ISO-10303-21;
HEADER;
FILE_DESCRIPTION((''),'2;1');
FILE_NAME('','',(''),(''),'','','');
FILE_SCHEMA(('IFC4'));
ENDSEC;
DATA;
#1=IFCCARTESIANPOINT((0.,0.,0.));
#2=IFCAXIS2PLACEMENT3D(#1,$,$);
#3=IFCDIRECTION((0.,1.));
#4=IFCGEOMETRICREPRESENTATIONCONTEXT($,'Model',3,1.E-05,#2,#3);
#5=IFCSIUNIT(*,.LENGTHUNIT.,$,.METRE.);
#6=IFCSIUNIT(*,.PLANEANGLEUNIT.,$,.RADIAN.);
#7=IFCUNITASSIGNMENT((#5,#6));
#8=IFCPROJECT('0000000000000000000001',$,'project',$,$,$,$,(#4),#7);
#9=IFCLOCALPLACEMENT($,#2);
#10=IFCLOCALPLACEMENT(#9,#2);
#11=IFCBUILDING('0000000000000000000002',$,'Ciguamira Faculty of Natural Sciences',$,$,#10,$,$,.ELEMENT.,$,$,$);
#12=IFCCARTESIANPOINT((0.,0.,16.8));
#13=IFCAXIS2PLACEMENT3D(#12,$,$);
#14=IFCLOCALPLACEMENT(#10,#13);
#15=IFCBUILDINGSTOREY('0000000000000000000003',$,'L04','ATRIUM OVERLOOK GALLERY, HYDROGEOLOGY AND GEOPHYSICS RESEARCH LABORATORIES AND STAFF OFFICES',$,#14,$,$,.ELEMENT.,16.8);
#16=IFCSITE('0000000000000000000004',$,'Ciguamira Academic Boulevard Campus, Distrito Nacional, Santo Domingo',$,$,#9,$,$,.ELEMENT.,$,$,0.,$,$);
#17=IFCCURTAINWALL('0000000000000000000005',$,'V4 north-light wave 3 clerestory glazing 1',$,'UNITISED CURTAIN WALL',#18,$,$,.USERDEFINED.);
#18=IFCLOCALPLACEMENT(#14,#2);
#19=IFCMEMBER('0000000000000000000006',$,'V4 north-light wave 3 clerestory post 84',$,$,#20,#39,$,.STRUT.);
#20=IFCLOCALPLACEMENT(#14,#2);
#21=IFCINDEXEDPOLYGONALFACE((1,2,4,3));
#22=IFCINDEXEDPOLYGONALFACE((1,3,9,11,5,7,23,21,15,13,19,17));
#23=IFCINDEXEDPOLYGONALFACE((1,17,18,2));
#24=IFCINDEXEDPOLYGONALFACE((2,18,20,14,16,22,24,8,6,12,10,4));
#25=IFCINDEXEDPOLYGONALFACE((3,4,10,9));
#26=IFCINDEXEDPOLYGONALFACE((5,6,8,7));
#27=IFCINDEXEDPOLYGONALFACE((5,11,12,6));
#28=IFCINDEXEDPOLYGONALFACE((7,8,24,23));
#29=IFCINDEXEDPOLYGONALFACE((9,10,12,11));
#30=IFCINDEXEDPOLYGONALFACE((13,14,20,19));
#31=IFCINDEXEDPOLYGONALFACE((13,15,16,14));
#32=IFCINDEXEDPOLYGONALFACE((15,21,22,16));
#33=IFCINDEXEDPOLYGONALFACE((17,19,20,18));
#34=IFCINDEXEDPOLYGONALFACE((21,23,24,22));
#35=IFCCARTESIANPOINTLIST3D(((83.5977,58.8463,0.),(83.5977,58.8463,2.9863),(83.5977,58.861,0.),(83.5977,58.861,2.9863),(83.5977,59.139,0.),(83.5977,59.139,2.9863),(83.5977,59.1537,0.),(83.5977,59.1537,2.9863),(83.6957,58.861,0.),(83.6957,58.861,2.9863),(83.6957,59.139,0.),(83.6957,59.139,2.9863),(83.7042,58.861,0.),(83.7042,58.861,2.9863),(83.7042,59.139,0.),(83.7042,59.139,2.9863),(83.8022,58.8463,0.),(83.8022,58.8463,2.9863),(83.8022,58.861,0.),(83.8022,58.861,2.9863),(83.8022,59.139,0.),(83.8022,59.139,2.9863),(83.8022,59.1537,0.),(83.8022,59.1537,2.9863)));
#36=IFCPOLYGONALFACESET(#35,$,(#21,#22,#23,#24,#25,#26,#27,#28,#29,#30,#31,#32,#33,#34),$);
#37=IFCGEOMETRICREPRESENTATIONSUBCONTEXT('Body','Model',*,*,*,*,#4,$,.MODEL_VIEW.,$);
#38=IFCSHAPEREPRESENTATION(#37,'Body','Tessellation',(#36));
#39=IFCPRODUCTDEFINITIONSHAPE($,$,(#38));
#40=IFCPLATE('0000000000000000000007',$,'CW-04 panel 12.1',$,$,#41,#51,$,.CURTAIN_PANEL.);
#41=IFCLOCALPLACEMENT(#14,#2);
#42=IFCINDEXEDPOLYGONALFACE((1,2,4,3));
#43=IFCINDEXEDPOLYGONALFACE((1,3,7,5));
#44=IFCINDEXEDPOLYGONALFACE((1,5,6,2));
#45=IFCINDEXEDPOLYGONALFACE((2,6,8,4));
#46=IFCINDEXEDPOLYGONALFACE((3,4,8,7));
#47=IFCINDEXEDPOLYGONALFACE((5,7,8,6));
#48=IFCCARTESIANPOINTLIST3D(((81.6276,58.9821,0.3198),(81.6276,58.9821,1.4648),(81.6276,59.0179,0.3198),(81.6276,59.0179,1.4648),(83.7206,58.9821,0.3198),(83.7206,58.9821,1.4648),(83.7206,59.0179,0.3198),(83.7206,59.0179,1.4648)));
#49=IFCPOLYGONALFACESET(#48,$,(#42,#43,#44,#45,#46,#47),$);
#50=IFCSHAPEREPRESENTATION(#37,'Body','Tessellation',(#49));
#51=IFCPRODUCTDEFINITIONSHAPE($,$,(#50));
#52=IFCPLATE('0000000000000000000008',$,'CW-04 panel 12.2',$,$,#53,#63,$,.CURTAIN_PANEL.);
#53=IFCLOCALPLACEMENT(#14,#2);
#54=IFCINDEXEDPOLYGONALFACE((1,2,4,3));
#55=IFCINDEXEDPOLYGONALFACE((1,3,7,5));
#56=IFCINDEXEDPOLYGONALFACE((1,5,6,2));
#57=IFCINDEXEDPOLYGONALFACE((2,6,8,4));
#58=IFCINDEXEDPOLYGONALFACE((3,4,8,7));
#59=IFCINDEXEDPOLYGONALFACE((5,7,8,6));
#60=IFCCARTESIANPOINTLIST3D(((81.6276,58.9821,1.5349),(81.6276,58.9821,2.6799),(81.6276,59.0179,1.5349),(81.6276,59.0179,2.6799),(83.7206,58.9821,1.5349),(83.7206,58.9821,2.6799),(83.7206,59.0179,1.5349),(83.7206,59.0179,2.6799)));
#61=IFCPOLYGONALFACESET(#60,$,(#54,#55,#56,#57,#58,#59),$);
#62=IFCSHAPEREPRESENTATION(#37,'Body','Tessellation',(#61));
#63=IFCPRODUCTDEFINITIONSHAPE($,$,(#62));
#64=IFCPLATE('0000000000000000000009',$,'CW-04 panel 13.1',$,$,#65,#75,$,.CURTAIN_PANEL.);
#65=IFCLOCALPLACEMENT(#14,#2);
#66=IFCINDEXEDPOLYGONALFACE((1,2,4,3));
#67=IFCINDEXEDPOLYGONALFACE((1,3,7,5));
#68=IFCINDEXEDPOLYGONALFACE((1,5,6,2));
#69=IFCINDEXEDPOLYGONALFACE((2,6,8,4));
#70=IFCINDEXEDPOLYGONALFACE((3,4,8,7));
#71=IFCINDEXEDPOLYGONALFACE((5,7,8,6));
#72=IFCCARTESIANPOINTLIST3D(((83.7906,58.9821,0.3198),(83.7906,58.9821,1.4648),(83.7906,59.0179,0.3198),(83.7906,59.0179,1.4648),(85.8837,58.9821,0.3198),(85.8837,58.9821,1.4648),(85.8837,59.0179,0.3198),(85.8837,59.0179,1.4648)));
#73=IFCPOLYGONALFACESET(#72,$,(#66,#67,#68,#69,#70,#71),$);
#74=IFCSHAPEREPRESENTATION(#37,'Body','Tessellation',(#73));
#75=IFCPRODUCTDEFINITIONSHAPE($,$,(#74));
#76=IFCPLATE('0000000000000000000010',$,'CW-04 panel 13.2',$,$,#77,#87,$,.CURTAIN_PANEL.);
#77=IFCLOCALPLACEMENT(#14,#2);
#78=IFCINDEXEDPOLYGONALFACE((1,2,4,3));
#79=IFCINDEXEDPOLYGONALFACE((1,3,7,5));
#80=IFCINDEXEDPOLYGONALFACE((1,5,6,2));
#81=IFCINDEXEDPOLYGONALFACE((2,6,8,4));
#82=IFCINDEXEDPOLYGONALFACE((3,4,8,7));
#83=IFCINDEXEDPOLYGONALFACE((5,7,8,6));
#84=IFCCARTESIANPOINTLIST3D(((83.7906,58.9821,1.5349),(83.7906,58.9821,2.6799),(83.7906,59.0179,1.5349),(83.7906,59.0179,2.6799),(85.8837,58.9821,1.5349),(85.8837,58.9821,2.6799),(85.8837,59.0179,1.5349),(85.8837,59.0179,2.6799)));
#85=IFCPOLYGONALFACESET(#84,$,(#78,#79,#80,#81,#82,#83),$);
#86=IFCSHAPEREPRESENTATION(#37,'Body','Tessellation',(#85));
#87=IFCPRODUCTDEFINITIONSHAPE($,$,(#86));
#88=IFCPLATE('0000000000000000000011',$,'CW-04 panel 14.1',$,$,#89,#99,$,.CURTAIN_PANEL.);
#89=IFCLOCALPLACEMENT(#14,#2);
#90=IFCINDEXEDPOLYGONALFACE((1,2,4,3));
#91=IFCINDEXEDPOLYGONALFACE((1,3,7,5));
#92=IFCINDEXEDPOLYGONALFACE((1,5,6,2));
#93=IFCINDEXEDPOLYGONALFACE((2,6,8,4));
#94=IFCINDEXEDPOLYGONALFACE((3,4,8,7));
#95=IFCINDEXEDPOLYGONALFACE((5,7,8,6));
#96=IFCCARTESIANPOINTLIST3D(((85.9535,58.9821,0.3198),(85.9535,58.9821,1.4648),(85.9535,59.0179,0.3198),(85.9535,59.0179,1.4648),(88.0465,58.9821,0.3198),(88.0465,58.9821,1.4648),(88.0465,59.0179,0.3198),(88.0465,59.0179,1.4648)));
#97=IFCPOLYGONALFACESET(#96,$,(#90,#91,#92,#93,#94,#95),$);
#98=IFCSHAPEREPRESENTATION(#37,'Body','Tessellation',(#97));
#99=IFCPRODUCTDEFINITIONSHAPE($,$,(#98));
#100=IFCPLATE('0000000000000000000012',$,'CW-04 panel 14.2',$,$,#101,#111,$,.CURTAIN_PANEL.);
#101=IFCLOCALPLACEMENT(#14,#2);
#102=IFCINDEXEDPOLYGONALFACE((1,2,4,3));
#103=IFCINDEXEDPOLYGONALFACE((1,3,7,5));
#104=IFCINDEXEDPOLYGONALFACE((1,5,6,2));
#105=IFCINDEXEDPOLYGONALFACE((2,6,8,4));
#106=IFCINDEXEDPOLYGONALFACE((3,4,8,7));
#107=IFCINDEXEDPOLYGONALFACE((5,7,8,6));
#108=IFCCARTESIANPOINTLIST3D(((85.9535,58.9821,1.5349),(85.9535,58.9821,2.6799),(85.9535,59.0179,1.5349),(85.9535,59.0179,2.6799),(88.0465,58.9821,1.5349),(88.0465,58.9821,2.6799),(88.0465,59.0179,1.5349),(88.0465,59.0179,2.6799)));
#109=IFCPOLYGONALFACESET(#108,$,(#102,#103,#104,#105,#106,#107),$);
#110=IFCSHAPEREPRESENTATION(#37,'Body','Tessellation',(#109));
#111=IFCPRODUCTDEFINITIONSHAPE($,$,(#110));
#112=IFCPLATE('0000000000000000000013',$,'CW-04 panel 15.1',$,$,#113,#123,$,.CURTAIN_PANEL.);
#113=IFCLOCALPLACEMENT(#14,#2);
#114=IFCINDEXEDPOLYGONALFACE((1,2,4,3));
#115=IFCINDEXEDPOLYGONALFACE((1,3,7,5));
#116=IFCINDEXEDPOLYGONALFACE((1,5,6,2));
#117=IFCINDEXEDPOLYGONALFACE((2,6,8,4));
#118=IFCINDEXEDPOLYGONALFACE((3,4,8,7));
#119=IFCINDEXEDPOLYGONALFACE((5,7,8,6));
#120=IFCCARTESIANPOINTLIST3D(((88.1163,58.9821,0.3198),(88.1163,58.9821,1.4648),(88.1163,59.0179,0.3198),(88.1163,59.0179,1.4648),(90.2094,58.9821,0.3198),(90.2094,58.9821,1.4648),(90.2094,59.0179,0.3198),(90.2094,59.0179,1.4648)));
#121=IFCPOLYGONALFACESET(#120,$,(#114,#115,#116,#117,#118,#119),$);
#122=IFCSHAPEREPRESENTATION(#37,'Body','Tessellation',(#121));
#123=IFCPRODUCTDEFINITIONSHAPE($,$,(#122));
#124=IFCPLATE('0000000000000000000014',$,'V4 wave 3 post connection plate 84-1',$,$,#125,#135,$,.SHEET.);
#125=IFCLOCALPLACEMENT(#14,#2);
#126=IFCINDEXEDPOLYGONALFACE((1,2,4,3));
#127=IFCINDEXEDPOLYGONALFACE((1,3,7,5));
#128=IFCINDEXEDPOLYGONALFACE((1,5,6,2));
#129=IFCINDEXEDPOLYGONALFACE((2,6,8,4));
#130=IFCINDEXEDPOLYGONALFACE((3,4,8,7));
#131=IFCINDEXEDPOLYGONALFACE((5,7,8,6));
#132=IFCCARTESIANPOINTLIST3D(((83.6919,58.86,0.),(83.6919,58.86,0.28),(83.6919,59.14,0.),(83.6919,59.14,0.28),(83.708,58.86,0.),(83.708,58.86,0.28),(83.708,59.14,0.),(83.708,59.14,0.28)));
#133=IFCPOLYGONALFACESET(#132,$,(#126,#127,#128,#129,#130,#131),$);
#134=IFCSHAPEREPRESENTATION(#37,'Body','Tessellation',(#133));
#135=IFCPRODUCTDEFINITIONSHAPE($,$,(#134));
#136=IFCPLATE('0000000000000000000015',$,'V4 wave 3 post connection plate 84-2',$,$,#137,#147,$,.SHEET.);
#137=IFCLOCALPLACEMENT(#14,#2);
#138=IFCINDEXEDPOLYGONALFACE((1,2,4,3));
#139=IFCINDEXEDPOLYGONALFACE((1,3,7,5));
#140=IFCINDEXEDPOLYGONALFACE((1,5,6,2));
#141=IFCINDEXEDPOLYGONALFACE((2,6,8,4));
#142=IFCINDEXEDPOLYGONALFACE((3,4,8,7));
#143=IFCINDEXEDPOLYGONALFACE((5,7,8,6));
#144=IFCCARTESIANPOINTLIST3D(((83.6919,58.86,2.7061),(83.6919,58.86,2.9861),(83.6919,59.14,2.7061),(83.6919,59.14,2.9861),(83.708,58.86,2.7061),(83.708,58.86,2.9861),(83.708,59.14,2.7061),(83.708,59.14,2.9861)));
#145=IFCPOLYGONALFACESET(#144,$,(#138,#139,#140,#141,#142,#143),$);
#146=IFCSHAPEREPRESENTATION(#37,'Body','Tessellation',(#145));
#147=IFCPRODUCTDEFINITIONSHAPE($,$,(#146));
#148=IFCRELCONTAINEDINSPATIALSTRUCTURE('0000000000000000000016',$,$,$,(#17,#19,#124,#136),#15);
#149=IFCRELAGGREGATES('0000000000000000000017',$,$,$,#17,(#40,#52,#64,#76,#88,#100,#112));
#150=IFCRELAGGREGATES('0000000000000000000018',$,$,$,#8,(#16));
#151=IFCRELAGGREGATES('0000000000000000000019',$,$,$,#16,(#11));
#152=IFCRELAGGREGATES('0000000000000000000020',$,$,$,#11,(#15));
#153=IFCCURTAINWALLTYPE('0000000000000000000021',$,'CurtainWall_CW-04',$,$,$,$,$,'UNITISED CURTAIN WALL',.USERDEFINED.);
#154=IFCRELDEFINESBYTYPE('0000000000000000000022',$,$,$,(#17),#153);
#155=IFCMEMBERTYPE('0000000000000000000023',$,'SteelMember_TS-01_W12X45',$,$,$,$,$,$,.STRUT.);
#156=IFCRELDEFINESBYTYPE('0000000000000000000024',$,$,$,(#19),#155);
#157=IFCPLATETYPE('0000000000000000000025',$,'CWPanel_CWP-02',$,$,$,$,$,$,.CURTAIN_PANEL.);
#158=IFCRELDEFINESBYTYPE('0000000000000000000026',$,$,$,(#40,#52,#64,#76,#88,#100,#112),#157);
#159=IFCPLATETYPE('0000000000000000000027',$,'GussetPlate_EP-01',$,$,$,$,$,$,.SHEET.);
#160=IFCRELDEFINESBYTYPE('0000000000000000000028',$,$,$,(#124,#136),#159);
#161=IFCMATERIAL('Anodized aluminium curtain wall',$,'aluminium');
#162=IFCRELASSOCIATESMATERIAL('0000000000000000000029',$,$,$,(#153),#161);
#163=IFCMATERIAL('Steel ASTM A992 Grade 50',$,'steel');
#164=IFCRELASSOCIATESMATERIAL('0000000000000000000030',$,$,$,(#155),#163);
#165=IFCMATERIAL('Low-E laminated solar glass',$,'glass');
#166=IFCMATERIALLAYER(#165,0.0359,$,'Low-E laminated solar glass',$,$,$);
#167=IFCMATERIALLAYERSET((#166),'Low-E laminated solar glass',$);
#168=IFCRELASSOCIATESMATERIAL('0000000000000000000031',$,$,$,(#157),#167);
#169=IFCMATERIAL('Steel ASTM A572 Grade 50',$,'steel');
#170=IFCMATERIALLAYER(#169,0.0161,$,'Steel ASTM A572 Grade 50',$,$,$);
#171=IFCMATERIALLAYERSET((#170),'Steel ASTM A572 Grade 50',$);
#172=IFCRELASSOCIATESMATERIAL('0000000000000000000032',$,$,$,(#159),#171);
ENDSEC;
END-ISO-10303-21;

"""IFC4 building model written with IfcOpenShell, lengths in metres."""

from ifc_helpers import new_model, si_unit, direction, frame, origin, origin_2d, place, context, subcontext, project, spatial, rectangle, i_section, extrude, material, layer, layer_set, material_profile, profile_set, type_object, element, aggregate, save


model = new_model("IFC4")

# Units and contexts
model_context = context("Model", 3, precision=1e-05, world=origin(), true_north=direction((0.0, 1.0)))
body_context = subcontext(model_context, "Body", "Model", "MODEL_VIEW")
ifc_project = project(units=[si_unit("LENGTHUNIT", "METRE"), si_unit("PLANEANGLEUNIT", "RADIAN")], contexts=[model_context])

# Site, building, storey
site_placement = place(None, origin())
site = spatial("IfcSite", under=ifc_project, at=site_placement, Name="Ciguamira Academic Boulevard Campus, Distrito Nacional, Santo Domingo", CompositionType="ELEMENT", RefElevation=0.0)
building_placement = place(site_placement, origin())
building = spatial("IfcBuilding", under=site, at=building_placement, Name="Ciguamira Faculty of Natural Sciences", CompositionType="ELEMENT")
storey_placement = place(building_placement, frame((0.0, 0.0, 16.8)))
storey = spatial("IfcBuildingStorey", under=building, at=storey_placement, Name="L04", Description="ATRIUM OVERLOOK GALLERY, HYDROGEOLOGY AND GEOPHYSICS RESEARCH LABORATORIES AND STAFF OFFICES", CompositionType="ELEMENT", Elevation=16.8)

# Curtain wall
ifc_material_1 = material(Name="Anodized aluminium curtain wall", Category="aluminium")
curtain_wall_type = type_object("IfcCurtainWallType", Name="CurtainWall_CW-04", ElementType="UNITISED CURTAIN WALL", PredefinedType="USERDEFINED", material=ifc_material_1)
curtain_wall_placement = place(storey_placement, origin())
curtain_wall = element("IfcCurtainWall", 1, at=curtain_wall_placement, inside=storey, type_object=curtain_wall_type, Name="V4 north-light wave 3 clerestory glazing 1", ObjectType="UNITISED CURTAIN WALL", PredefinedType="USERDEFINED")

# Member
ifc_material_2 = material(Name="Steel ASTM A992 Grade 50", Category="steel")
ifc_material_profile_1 = material_profile(ifc_material_2, i_section(OverallWidth=0.2046, OverallDepth=0.3074, WebThickness=0.0085, FlangeThickness=0.0146, at=origin_2d()), Name="W12X45")
ifc_profile_set_1 = profile_set([ifc_material_profile_1], Name="Steel ASTM A992 Grade 50")
member_type_1 = type_object("IfcMemberType", Name="SteelMember_TS-01_W12X45", PredefinedType="STRUT", material=ifc_profile_set_1)
member_1_placement = place(storey_placement, frame((83.7, 59.0, 0.0), z_axis=(0.0, 0.0, 1.0), x_axis=(1.0, 0.0, 0.0)))
element("IfcMember", 2, at=member_1_placement, inside=storey, type_object=member_type_1, Name="V4 north-light wave 3 clerestory post 84", PredefinedType="STRUT", context=body_context, shape_type="SweptSolid", body=[
    extrude(i_section(OverallWidth=0.2046, OverallDepth=0.3074, WebThickness=0.0085, FlangeThickness=0.0146, at=origin_2d()), origin(), (0.0, 0.0, 1.0), 2.9863),
])

# Plates
ifc_material_3 = material(Name="Low-E laminated solar glass", Category="glass")
ifc_layer_1 = layer(ifc_material_3, 0.0359, Name="Low-E laminated solar glass")
ifc_layer_set_1 = layer_set([ifc_layer_1], Name="Low-E laminated solar glass")
plate_type_1 = type_object("IfcPlateType", Name="CWPanel_CWP-02", PredefinedType="CURTAIN_PANEL", material=ifc_layer_set_1)
plate_1_placement = place(storey_placement, frame((82.6741, 59.0, 0.3198), z_axis=(0.0, 0.0, 1.0), x_axis=(1.0, 0.0, 0.0)))
plate_1 = element("IfcPlate", 3, at=plate_1_placement, type_object=plate_type_1, Name="CW-04 panel 12.1", PredefinedType="CURTAIN_PANEL", context=body_context, shape_type="SweptSolid", body=[
    extrude(rectangle(XDim=2.093, YDim=0.0359, at=origin_2d()), origin(), (0.0, 0.0, 1.0), 1.145),
])
plate_2_placement = place(storey_placement, frame((82.6741, 59.0, 1.5349), z_axis=(0.0, 0.0, 1.0), x_axis=(1.0, 0.0, 0.0)))
plate_2 = element("IfcPlate", 4, at=plate_2_placement, type_object=plate_type_1, Name="CW-04 panel 12.2", PredefinedType="CURTAIN_PANEL", context=body_context, shape_type="SweptSolid", body=[
    extrude(rectangle(XDim=2.093, YDim=0.0359, at=origin_2d()), origin(), (0.0, 0.0, 1.0), 1.145),
])
plate_3_placement = place(storey_placement, frame((84.8372, 59.0, 0.3198), z_axis=(0.0, 0.0, 1.0), x_axis=(1.0, 0.0, 0.0)))
plate_3 = element("IfcPlate", 5, at=plate_3_placement, type_object=plate_type_1, Name="CW-04 panel 13.1", PredefinedType="CURTAIN_PANEL", context=body_context, shape_type="SweptSolid", body=[
    extrude(rectangle(XDim=2.093, YDim=0.0359, at=origin_2d()), origin(), (0.0, 0.0, 1.0), 1.145),
])
plate_4_placement = place(storey_placement, frame((84.8372, 59.0, 1.5349), z_axis=(0.0, 0.0, 1.0), x_axis=(1.0, 0.0, 0.0)))
plate_4 = element("IfcPlate", 6, at=plate_4_placement, type_object=plate_type_1, Name="CW-04 panel 13.2", PredefinedType="CURTAIN_PANEL", context=body_context, shape_type="SweptSolid", body=[
    extrude(rectangle(XDim=2.093, YDim=0.0359, at=origin_2d()), origin(), (0.0, 0.0, 1.0), 1.145),
])
plate_5_placement = place(storey_placement, frame((87.0, 59.0, 0.3198), z_axis=(0.0, 0.0, 1.0), x_axis=(1.0, 0.0, 0.0)))
plate_5 = element("IfcPlate", 7, at=plate_5_placement, type_object=plate_type_1, Name="CW-04 panel 14.1", PredefinedType="CURTAIN_PANEL", context=body_context, shape_type="SweptSolid", body=[
    extrude(rectangle(XDim=2.093, YDim=0.0359, at=origin_2d()), origin(), (0.0, 0.0, 1.0), 1.145),
])
plate_6_placement = place(storey_placement, frame((87.0, 59.0, 1.5349), z_axis=(0.0, 0.0, 1.0), x_axis=(1.0, 0.0, 0.0)))
plate_6 = element("IfcPlate", 8, at=plate_6_placement, type_object=plate_type_1, Name="CW-04 panel 14.2", PredefinedType="CURTAIN_PANEL", context=body_context, shape_type="SweptSolid", body=[
    extrude(rectangle(XDim=2.093, YDim=0.0359, at=origin_2d()), origin(), (0.0, 0.0, 1.0), 1.145),
])
plate_7_placement = place(storey_placement, frame((89.1628, 59.0, 0.3198), z_axis=(0.0, 0.0, 1.0), x_axis=(1.0, 0.0, 0.0)))
plate_7 = element("IfcPlate", 9, at=plate_7_placement, type_object=plate_type_1, Name="CW-04 panel 15.1", PredefinedType="CURTAIN_PANEL", context=body_context, shape_type="SweptSolid", body=[
    extrude(rectangle(XDim=2.093, YDim=0.0359, at=origin_2d()), origin(), (0.0, 0.0, 1.0), 1.145),
])
aggregate(curtain_wall, [plate_1, plate_2, plate_3, plate_4, plate_5, plate_6, plate_7])

# Plates
ifc_material_4 = material(Name="Steel ASTM A572 Grade 50", Category="steel")
ifc_layer_2 = layer(ifc_material_4, 0.0161, Name="Steel ASTM A572 Grade 50")
ifc_layer_set_2 = layer_set([ifc_layer_2], Name="Steel ASTM A572 Grade 50")
plate_type_2 = type_object("IfcPlateType", Name="GussetPlate_EP-01", PredefinedType="SHEET", material=ifc_layer_set_2)
for number, where, z_axis, x_axis, name in (
    (10, (83.7, 59.0, 0.0), (0.0, 0.0, 1.0), (1.0, 0.0, 0.0), "V4 wave 3 post connection plate 84-1"),
    (11, (83.7, 59.0, 2.7061), (0.0, 0.0, 1.0), (1.0, 0.0, 0.0), "V4 wave 3 post connection plate 84-2"),
):
    element("IfcPlate", number, at=place(storey_placement, frame(where, z_axis=z_axis, x_axis=x_axis)), inside=storey, type_object=plate_type_2, Name=name, PredefinedType="SHEET", context=body_context, shape_type="SweptSolid", body=[
        extrude(rectangle(XDim=0.0161, YDim=0.28, at=origin_2d()), origin(), (0.0, 0.0, 1.0), 0.28),
    ])

save(model, "model.ifc")
